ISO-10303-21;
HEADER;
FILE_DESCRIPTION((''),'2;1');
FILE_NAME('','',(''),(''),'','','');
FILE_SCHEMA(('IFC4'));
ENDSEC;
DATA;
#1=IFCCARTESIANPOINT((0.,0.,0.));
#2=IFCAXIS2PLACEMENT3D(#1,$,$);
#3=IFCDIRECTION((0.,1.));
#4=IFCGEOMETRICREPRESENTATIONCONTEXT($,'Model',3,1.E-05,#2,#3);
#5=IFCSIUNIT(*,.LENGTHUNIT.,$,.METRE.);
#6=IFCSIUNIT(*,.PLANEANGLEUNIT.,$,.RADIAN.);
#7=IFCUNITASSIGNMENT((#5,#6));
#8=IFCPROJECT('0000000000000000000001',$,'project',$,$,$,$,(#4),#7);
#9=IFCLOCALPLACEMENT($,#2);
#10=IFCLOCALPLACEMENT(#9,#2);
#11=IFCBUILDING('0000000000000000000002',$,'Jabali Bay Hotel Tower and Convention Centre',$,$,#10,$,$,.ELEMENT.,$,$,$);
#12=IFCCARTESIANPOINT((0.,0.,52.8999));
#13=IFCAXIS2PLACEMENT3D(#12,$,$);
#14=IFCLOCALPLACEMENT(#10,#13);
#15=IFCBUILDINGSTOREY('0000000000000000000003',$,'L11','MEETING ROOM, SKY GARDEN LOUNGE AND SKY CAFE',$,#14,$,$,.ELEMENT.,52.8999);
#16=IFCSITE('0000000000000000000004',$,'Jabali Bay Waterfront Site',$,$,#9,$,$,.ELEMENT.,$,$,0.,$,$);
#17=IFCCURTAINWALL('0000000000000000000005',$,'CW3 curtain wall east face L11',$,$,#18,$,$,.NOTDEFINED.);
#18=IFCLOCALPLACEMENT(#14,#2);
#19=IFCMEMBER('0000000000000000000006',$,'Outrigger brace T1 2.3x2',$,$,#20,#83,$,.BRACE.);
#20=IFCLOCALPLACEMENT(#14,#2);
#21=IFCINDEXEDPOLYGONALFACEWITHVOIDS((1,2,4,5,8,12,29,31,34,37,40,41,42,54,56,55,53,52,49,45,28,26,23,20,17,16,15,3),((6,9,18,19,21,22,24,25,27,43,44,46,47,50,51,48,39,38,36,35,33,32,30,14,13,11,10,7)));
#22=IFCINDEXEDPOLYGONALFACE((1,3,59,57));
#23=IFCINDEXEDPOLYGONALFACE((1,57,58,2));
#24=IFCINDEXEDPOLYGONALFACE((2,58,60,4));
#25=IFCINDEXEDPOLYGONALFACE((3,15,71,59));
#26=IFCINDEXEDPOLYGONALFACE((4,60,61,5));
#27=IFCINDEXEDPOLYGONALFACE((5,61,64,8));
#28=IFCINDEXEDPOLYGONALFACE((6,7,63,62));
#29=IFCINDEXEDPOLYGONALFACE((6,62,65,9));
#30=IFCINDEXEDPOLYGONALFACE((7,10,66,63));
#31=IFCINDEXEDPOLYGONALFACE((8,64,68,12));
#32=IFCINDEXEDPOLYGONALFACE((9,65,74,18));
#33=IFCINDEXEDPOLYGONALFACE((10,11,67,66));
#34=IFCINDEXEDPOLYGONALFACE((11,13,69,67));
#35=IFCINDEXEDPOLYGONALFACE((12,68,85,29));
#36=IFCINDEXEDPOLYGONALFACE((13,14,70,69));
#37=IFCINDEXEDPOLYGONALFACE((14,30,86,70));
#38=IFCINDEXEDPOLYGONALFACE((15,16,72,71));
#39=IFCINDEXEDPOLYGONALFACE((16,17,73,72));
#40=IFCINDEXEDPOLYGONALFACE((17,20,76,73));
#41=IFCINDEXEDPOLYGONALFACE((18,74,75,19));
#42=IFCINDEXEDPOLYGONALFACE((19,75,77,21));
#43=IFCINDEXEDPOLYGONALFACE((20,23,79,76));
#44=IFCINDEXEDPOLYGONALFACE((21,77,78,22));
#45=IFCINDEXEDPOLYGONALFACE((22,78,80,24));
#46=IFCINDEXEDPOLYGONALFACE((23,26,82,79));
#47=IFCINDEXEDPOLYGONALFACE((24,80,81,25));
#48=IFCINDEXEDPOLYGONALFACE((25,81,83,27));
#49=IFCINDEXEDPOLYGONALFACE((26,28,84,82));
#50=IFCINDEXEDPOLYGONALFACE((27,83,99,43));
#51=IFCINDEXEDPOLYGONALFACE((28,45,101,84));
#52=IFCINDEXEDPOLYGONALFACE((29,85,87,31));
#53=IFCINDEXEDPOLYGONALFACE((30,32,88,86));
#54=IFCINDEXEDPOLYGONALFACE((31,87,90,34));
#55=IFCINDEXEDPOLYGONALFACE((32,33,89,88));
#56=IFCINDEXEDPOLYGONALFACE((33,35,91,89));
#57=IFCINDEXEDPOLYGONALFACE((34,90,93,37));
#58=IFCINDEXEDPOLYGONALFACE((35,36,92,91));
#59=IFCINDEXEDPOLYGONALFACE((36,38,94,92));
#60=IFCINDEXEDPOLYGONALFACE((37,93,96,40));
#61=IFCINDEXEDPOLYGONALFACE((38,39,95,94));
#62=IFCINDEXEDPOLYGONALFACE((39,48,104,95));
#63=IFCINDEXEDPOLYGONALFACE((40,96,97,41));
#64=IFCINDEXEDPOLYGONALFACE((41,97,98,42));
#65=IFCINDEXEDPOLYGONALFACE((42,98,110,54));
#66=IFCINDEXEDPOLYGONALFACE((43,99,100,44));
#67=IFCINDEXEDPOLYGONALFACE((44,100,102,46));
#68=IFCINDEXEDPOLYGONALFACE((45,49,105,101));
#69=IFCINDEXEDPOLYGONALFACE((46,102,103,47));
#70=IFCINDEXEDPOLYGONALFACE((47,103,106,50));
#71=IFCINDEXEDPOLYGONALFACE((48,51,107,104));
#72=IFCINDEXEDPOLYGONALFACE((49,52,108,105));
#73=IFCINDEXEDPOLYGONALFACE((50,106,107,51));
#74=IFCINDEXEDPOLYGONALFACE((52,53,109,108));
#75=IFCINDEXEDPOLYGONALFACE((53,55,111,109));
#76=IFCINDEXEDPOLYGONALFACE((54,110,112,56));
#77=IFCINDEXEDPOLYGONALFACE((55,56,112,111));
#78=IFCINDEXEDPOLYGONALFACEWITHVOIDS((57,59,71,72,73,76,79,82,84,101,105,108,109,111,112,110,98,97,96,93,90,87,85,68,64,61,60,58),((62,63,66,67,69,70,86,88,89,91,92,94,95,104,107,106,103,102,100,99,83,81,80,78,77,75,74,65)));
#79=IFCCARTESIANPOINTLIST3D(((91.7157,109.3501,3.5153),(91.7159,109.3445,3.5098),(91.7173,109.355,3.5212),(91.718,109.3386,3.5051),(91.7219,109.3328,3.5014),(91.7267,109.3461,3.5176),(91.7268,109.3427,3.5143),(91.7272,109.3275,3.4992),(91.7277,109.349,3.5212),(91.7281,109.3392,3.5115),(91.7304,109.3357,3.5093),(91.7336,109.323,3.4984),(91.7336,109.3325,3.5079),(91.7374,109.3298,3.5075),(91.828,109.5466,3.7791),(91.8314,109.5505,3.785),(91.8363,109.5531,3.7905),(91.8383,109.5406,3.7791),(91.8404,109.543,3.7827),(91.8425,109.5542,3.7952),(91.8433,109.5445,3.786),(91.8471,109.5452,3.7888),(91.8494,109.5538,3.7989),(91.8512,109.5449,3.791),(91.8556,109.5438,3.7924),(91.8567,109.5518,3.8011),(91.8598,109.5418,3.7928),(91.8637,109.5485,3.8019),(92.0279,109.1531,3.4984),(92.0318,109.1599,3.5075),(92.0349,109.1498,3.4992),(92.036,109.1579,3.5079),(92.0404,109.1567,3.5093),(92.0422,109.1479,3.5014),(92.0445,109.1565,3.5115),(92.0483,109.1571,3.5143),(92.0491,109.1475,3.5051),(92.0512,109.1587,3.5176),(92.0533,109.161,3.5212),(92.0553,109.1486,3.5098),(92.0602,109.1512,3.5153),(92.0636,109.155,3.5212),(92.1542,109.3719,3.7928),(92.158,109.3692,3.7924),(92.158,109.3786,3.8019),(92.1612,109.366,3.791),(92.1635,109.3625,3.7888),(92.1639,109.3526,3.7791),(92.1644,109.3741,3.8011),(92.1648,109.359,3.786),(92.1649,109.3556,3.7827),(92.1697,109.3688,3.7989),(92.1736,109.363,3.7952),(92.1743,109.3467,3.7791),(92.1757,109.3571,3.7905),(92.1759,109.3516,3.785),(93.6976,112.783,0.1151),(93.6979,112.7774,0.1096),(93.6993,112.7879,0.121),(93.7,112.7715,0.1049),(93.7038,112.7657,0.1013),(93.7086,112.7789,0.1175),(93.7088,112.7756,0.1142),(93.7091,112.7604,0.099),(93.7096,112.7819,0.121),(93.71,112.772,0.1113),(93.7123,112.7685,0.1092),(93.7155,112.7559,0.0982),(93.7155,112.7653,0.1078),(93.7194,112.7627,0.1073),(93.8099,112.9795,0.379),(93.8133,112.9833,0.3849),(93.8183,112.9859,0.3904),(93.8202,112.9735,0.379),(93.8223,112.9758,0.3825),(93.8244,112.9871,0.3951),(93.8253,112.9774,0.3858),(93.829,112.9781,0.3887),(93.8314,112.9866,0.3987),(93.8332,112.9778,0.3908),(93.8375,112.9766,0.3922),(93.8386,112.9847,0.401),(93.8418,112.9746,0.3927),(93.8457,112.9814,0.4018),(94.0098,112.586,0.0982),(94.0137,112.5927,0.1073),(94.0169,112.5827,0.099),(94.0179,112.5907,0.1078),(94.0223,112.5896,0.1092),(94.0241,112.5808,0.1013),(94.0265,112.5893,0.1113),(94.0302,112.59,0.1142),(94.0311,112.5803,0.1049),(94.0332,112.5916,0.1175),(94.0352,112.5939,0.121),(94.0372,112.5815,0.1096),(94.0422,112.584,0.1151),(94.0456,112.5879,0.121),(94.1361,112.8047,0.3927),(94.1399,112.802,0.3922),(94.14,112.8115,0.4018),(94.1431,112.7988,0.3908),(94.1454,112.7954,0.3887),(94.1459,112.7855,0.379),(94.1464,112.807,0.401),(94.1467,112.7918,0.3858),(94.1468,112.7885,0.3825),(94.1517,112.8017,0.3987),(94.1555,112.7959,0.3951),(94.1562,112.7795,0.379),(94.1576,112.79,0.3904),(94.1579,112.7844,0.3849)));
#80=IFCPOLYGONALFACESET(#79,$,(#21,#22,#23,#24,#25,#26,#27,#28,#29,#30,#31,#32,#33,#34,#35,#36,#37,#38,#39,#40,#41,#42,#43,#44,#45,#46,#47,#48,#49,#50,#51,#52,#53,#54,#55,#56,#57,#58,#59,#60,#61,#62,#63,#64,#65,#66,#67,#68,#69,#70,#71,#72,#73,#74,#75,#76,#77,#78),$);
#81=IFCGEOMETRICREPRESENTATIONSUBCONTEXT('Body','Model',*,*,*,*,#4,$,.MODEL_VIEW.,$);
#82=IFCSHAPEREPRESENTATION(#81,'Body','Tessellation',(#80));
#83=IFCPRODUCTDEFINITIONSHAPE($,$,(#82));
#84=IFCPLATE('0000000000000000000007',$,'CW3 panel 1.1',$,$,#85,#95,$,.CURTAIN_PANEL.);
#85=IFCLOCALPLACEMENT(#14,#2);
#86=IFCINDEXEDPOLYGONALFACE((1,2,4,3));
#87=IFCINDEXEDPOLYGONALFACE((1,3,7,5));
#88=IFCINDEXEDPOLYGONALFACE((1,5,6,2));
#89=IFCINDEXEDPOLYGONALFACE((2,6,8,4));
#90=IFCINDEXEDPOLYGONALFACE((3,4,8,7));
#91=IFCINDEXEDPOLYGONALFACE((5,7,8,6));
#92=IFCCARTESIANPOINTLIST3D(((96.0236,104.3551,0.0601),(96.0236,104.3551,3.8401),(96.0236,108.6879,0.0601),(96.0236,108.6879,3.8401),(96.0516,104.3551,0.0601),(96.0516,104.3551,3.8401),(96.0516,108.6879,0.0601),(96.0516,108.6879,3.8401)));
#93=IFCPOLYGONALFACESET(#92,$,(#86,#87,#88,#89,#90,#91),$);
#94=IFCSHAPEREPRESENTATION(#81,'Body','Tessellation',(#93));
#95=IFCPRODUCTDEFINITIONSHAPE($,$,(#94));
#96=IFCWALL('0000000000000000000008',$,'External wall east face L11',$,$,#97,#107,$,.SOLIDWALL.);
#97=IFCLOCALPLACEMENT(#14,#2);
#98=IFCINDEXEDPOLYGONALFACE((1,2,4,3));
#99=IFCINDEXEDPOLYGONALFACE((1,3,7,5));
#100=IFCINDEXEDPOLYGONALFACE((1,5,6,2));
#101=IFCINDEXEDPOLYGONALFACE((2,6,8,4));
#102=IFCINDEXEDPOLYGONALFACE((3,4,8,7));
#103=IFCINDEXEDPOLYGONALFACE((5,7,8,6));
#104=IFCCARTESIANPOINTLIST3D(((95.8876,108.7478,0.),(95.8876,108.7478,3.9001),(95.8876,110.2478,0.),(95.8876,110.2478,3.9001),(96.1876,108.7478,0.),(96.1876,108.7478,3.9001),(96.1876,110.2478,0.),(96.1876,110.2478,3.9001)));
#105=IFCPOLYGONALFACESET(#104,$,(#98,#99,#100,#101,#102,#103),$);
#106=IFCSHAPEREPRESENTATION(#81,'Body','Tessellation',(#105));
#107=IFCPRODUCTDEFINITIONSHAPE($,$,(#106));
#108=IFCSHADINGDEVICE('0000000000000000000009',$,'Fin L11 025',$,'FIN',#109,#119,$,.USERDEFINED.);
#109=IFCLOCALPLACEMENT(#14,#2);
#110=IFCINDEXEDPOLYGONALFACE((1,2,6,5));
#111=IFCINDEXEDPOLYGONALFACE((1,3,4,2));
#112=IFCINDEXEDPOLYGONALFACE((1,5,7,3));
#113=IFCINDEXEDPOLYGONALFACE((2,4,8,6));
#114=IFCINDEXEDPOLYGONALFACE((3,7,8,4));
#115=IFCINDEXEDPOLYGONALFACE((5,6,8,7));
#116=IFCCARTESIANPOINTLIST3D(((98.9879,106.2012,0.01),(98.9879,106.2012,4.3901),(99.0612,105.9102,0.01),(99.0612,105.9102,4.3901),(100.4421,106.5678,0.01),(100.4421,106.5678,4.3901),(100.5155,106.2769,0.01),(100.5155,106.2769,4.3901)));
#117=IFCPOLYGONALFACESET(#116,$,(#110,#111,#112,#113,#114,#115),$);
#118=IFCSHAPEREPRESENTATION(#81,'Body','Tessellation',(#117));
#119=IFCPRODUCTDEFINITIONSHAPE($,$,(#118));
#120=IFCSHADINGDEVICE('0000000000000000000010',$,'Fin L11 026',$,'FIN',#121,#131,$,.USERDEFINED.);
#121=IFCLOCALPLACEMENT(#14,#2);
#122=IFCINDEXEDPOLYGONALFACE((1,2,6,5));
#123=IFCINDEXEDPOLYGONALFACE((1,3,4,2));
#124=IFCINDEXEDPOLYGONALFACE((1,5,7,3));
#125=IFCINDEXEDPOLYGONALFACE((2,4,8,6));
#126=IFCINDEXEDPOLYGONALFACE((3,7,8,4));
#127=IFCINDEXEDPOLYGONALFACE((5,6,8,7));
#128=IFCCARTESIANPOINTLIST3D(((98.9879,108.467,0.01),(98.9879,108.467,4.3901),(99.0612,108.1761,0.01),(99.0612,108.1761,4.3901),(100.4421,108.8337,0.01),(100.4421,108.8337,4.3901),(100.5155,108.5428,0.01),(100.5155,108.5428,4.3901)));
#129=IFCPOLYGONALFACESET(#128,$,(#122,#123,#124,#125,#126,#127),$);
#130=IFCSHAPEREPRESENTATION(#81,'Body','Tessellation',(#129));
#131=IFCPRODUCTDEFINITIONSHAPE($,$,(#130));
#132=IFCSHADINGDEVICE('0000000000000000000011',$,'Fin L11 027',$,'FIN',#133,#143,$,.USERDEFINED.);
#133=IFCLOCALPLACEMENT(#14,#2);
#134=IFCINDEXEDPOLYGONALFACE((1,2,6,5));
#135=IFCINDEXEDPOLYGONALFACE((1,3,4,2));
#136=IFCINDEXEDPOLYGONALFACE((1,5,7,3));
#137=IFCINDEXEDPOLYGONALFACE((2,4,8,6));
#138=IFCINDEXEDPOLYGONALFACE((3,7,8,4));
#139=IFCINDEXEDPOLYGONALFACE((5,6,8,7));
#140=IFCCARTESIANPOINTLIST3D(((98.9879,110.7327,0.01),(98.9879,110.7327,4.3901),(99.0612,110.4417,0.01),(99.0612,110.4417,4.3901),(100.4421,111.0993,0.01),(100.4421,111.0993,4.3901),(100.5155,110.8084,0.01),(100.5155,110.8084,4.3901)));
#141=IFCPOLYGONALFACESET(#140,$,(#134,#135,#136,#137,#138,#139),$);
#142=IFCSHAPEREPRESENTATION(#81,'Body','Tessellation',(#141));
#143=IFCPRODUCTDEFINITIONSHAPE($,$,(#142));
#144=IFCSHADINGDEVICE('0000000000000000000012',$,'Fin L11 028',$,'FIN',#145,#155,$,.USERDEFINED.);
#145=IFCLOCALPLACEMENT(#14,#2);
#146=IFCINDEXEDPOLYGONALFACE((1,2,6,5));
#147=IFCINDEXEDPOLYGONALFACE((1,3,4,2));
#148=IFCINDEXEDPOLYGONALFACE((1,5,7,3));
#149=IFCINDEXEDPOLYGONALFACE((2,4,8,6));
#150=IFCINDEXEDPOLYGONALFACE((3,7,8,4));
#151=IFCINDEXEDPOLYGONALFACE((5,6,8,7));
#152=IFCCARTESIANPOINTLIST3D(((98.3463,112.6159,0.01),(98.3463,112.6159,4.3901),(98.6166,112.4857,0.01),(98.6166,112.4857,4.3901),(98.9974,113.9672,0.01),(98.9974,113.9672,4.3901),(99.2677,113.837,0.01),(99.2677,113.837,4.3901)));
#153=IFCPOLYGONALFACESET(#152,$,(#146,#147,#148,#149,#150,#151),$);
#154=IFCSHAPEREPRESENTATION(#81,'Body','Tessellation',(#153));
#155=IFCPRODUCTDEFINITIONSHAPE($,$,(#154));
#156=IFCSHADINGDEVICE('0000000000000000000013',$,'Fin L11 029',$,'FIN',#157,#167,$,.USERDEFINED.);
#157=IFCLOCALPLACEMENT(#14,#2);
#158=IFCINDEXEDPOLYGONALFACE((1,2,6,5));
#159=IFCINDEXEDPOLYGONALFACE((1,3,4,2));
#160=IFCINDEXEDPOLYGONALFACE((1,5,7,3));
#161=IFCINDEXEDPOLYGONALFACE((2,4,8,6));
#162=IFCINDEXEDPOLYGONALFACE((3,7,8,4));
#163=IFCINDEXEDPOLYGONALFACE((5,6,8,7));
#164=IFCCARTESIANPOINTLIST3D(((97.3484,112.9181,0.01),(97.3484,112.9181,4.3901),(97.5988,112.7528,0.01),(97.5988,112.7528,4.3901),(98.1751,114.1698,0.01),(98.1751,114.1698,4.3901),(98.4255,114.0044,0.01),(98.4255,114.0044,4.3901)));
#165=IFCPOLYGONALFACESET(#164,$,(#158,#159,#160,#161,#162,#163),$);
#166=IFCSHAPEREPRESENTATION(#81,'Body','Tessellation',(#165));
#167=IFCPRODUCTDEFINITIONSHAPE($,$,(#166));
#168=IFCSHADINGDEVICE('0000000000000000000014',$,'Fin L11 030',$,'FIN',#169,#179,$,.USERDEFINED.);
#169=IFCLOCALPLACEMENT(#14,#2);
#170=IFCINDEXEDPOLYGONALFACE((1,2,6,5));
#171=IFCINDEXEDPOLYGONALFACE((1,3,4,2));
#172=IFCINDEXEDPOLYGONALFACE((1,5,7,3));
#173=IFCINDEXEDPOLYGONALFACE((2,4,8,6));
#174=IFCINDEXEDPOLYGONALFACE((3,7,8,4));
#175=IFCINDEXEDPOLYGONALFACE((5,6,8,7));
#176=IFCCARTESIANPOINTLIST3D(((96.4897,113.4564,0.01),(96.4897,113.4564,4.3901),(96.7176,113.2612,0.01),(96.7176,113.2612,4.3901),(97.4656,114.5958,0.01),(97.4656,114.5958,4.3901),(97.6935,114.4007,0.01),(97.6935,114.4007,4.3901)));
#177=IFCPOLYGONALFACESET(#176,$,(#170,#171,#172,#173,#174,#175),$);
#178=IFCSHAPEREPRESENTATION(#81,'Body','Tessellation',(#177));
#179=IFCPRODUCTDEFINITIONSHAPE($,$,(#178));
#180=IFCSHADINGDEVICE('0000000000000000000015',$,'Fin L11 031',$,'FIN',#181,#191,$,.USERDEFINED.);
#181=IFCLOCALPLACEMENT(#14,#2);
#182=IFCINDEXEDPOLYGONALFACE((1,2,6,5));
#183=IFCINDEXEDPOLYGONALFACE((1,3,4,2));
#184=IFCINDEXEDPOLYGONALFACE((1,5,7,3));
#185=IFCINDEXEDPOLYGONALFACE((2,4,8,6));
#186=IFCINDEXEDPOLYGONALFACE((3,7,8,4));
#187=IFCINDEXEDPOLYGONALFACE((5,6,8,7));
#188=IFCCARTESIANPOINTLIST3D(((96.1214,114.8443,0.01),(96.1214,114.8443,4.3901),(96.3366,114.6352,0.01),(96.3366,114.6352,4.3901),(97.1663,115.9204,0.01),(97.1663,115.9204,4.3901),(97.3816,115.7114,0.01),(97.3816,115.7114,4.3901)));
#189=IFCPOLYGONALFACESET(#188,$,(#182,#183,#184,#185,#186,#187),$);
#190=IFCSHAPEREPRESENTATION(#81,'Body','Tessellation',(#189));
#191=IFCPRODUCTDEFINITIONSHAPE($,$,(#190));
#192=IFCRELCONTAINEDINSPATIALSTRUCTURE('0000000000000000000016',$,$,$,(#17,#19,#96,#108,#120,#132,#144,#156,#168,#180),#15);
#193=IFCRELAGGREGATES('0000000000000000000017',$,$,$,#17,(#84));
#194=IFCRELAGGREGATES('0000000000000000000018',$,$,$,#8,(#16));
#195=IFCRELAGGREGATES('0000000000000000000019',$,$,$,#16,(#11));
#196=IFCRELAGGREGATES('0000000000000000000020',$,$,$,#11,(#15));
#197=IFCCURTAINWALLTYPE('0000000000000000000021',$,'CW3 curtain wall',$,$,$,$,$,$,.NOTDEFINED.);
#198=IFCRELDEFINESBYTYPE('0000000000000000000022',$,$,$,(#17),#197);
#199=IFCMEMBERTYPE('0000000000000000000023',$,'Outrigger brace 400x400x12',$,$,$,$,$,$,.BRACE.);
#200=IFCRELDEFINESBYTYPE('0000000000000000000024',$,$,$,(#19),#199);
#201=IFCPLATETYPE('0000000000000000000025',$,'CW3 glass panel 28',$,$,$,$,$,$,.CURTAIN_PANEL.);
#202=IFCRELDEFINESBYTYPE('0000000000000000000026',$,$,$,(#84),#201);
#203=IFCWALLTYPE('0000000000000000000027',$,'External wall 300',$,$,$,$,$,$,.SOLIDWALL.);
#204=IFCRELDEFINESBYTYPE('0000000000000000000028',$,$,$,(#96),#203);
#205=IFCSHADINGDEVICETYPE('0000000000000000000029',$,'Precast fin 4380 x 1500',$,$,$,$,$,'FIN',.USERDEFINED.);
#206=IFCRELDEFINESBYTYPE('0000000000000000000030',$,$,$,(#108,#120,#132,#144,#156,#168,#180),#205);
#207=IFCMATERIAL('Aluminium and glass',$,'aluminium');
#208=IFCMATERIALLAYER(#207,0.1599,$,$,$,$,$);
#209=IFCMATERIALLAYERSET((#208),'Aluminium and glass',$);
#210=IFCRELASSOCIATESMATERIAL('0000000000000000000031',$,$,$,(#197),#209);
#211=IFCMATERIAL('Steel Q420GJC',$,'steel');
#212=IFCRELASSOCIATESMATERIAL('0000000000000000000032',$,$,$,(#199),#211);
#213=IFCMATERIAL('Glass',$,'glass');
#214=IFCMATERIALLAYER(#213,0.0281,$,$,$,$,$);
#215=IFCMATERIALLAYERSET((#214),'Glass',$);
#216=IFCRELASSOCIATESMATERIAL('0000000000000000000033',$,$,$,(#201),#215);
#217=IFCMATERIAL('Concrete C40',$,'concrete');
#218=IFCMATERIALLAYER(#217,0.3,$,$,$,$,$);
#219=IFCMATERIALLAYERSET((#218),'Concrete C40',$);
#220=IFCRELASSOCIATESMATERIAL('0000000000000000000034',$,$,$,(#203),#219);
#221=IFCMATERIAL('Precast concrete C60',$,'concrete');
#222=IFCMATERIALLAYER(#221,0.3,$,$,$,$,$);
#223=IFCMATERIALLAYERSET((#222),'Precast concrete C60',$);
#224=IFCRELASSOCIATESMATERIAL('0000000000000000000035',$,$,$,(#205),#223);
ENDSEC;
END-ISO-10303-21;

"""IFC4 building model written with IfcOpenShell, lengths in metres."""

from ifc_helpers import new_model, si_unit, direction, frame, frame_2d, origin, origin_2d, place, context, subcontext, project, spatial, rectangle, hollow_rectangle, extrude, material, layer, layer_set, material_profile, profile_set, type_object, element, aggregate, save


model = new_model("IFC4")

# Units and contexts
model_context = context("Model", 3, precision=1e-05, world=origin(), true_north=direction((0.0, 1.0)))
body_context = subcontext(model_context, "Body", "Model", "MODEL_VIEW")
ifc_project = project(units=[si_unit("LENGTHUNIT", "METRE"), si_unit("PLANEANGLEUNIT", "RADIAN")], contexts=[model_context])

# Site, building, storey
site_placement = place(None, origin())
site = spatial("IfcSite", under=ifc_project, at=site_placement, Name="Jabali Bay Waterfront Site", CompositionType="ELEMENT", RefElevation=0.0)
building_placement = place(site_placement, origin())
building = spatial("IfcBuilding", under=site, at=building_placement, Name="Jabali Bay Hotel Tower and Convention Centre", CompositionType="ELEMENT")
storey_placement = place(building_placement, frame((0.0, 0.0, 52.8999)))
storey = spatial("IfcBuildingStorey", under=building, at=storey_placement, Name="L11", Description="MEETING ROOM, SKY GARDEN LOUNGE AND SKY CAFE", CompositionType="ELEMENT", Elevation=52.8999)

# Shared definitions
ifc_material_1 = material(Name="Steel Q420GJC", Category="steel")

# Curtain wall
ifc_material_2 = material(Name="Aluminium and glass", Category="aluminium")
ifc_layer_1 = layer(ifc_material_2, 0.1599)
ifc_layer_set_1 = layer_set([ifc_layer_1], Name="Aluminium and glass")
curtain_wall_type = type_object("IfcCurtainWallType", Name="CW3 curtain wall", PredefinedType="NOTDEFINED", material=ifc_layer_set_1)
curtain_wall_placement = place(storey_placement, origin())
curtain_wall = element("IfcCurtainWall", 1, at=curtain_wall_placement, inside=storey, type_object=curtain_wall_type, Name="CW3 curtain wall east face L11", PredefinedType="NOTDEFINED")

# Member
ifc_material_profile_1 = material_profile(ifc_material_1, hollow_rectangle(XDim=0.3999, YDim=0.3999, WallThickness=0.012, InnerFilletRadius=0.0181, OuterFilletRadius=0.03, at=origin_2d()), Name="Outrigger brace 400x400x12")
ifc_profile_set_1 = profile_set([ifc_material_profile_1], Name="Steel Q420GJC")
member_type_1 = type_object("IfcMemberType", Name="Outrigger brace 400x400x12", PredefinedType="BRACE", material=ifc_profile_set_1)
member_1_placement = place(storey_placement, frame((93.9277, 112.7837, 0.25), z_axis=(-0.379505, -0.657332, 0.651068), x_axis=(0.866029, -0.499994, 0.0)))
element("IfcMember", 2, at=member_1_placement, inside=storey, type_object=member_type_1, Name="Outrigger brace T1 2.3x2", PredefinedType="BRACE", context=body_context, shape_type="SweptSolid", body=[
    extrude(hollow_rectangle(XDim=0.3999, YDim=0.3999, WallThickness=0.012, InnerFilletRadius=0.0181, OuterFilletRadius=0.03, at=origin_2d()), origin(), (0.0, 0.0, 1.0), 5.2224),
])

# Plate
ifc_material_3 = material(Name="Glass", Category="glass")
ifc_layer_2 = layer(ifc_material_3, 0.0281)
ifc_layer_set_2 = layer_set([ifc_layer_2], Name="Glass")
plate_type = type_object("IfcPlateType", Name="CW3 glass panel 28", PredefinedType="CURTAIN_PANEL", material=ifc_layer_set_2)
plate_placement = place(storey_placement, frame((96.0376, 106.5215, 0.0601), z_axis=(0.0, 0.0, 1.0), x_axis=(0.0, -1.0, 0.0)))
plate = element("IfcPlate", 3, at=plate_placement, type_object=plate_type, Name="CW3 panel 1.1", PredefinedType="CURTAIN_PANEL", context=body_context, shape_type="SweptSolid", body=[
    extrude(rectangle(XDim=4.3328, YDim=0.0281, at=origin_2d()), origin(), (0.0, 0.0, 1.0), 3.78),
])
aggregate(curtain_wall, [plate])

# Wall
ifc_material_4 = material(Name="Concrete C40", Category="concrete")
ifc_layer_3 = layer(ifc_material_4, 0.3)
ifc_layer_set_3 = layer_set([ifc_layer_3], Name="Concrete C40")
wall_type = type_object("IfcWallType", Name="External wall 300", PredefinedType="SOLIDWALL", material=ifc_layer_set_3)
wall_placement = place(storey_placement, frame((96.0376, 110.2478, 0.0), z_axis=(0.0, 0.0, 1.0), x_axis=(0.0, -1.0, 0.0)))
element("IfcWall", 4, at=wall_placement, inside=storey, type_object=wall_type, Name="External wall east face L11", PredefinedType="SOLIDWALL", context=body_context, shape_type="SweptSolid", body=[
    extrude(rectangle(XDim=1.5, YDim=0.3, at=frame_2d((0.75, 0.0))), origin(), (0.0, 0.0, 1.0), 3.9001),
])

# Shading devices
ifc_material_5 = material(Name="Precast concrete C60", Category="concrete")
ifc_layer_4 = layer(ifc_material_5, 0.3)
ifc_layer_set_4 = layer_set([ifc_layer_4], Name="Precast concrete C60")
shading_device_type = type_object("IfcShadingDeviceType", Name="Precast fin 4380 x 1500", ElementType="FIN", PredefinedType="USERDEFINED", material=ifc_layer_set_4)
for number, where, z_axis, x_axis, name in (
    (5, (99.0244, 106.0557, 0.01), (0.0, 0.0, 1.0), (0.969652, 0.244488, 0.0), "Fin L11 025"),
    (6, (99.0244, 108.3215, 0.01), (0.0, 0.0, 1.0), (0.969652, 0.244488, 0.0), "Fin L11 026"),
    (7, (99.0244, 110.5872, 0.01), (0.0, 0.0, 1.0), (0.969652, 0.244488, 0.0), "Fin L11 027"),
):
    element("IfcShadingDevice", number, at=place(storey_placement, frame(where, z_axis=z_axis, x_axis=x_axis)), inside=storey, type_object=shading_device_type, Name=name, ObjectType="FIN", PredefinedType="USERDEFINED", context=body_context, shape_type="SweptSolid", body=[
        extrude(rectangle(XDim=1.4998, YDim=0.3, at=frame_2d((0.75, 0.0))), origin(), (0.0, 0.0, 1.0), 4.3801),
    ])
for number, where, z_axis, x_axis, name in (
    (8, (98.4814, 112.5508, 0.01), (0.0, 0.0, 1.0), (0.43408, 0.900874, 0.0), "Fin L11 028"),
    (9, (97.4736, 112.8354, 0.01), (0.0, 0.0, 1.0), (0.551089, 0.834446, 0.0), "Fin L11 029"),
):
    element("IfcShadingDevice", number, at=place(storey_placement, frame(where, z_axis=z_axis, x_axis=x_axis)), inside=storey, type_object=shading_device_type, Name=name, ObjectType="FIN", PredefinedType="USERDEFINED", context=body_context, shape_type="SweptSolid", body=[
        extrude(rectangle(XDim=1.5, YDim=0.3, at=frame_2d((0.75, 0.0))), origin(), (0.0, 0.0, 1.0), 4.3801),
    ])
shading_device_1_placement = place(storey_placement, frame((96.6038, 113.3589, 0.01), z_axis=(0.0, 0.0, 1.0), x_axis=(0.650483, 0.759521, 0.0)))
element("IfcShadingDevice", 10, at=shading_device_1_placement, inside=storey, type_object=shading_device_type, Name="Fin L11 030", ObjectType="FIN", PredefinedType="USERDEFINED", context=body_context, shape_type="SweptSolid", body=[
    extrude(rectangle(XDim=1.5002, YDim=0.3, at=frame_2d((0.75, 0.0))), origin(), (0.0, 0.0, 1.0), 4.3801),
])
shading_device_2_placement = place(storey_placement, frame((96.229, 114.7397, 0.01), z_axis=(0.0, 0.0, 1.0), x_axis=(0.696613, 0.717447, 0.0)))
element("IfcShadingDevice", 11, at=shading_device_2_placement, inside=storey, type_object=shading_device_type, Name="Fin L11 031", ObjectType="FIN", PredefinedType="USERDEFINED", context=body_context, shape_type="SweptSolid", body=[
    extrude(rectangle(XDim=1.5, YDim=0.3, at=frame_2d((0.75, 0.0))), origin(), (0.0, 0.0, 1.0), 4.3801),
])

save(model, "model.ifc")
